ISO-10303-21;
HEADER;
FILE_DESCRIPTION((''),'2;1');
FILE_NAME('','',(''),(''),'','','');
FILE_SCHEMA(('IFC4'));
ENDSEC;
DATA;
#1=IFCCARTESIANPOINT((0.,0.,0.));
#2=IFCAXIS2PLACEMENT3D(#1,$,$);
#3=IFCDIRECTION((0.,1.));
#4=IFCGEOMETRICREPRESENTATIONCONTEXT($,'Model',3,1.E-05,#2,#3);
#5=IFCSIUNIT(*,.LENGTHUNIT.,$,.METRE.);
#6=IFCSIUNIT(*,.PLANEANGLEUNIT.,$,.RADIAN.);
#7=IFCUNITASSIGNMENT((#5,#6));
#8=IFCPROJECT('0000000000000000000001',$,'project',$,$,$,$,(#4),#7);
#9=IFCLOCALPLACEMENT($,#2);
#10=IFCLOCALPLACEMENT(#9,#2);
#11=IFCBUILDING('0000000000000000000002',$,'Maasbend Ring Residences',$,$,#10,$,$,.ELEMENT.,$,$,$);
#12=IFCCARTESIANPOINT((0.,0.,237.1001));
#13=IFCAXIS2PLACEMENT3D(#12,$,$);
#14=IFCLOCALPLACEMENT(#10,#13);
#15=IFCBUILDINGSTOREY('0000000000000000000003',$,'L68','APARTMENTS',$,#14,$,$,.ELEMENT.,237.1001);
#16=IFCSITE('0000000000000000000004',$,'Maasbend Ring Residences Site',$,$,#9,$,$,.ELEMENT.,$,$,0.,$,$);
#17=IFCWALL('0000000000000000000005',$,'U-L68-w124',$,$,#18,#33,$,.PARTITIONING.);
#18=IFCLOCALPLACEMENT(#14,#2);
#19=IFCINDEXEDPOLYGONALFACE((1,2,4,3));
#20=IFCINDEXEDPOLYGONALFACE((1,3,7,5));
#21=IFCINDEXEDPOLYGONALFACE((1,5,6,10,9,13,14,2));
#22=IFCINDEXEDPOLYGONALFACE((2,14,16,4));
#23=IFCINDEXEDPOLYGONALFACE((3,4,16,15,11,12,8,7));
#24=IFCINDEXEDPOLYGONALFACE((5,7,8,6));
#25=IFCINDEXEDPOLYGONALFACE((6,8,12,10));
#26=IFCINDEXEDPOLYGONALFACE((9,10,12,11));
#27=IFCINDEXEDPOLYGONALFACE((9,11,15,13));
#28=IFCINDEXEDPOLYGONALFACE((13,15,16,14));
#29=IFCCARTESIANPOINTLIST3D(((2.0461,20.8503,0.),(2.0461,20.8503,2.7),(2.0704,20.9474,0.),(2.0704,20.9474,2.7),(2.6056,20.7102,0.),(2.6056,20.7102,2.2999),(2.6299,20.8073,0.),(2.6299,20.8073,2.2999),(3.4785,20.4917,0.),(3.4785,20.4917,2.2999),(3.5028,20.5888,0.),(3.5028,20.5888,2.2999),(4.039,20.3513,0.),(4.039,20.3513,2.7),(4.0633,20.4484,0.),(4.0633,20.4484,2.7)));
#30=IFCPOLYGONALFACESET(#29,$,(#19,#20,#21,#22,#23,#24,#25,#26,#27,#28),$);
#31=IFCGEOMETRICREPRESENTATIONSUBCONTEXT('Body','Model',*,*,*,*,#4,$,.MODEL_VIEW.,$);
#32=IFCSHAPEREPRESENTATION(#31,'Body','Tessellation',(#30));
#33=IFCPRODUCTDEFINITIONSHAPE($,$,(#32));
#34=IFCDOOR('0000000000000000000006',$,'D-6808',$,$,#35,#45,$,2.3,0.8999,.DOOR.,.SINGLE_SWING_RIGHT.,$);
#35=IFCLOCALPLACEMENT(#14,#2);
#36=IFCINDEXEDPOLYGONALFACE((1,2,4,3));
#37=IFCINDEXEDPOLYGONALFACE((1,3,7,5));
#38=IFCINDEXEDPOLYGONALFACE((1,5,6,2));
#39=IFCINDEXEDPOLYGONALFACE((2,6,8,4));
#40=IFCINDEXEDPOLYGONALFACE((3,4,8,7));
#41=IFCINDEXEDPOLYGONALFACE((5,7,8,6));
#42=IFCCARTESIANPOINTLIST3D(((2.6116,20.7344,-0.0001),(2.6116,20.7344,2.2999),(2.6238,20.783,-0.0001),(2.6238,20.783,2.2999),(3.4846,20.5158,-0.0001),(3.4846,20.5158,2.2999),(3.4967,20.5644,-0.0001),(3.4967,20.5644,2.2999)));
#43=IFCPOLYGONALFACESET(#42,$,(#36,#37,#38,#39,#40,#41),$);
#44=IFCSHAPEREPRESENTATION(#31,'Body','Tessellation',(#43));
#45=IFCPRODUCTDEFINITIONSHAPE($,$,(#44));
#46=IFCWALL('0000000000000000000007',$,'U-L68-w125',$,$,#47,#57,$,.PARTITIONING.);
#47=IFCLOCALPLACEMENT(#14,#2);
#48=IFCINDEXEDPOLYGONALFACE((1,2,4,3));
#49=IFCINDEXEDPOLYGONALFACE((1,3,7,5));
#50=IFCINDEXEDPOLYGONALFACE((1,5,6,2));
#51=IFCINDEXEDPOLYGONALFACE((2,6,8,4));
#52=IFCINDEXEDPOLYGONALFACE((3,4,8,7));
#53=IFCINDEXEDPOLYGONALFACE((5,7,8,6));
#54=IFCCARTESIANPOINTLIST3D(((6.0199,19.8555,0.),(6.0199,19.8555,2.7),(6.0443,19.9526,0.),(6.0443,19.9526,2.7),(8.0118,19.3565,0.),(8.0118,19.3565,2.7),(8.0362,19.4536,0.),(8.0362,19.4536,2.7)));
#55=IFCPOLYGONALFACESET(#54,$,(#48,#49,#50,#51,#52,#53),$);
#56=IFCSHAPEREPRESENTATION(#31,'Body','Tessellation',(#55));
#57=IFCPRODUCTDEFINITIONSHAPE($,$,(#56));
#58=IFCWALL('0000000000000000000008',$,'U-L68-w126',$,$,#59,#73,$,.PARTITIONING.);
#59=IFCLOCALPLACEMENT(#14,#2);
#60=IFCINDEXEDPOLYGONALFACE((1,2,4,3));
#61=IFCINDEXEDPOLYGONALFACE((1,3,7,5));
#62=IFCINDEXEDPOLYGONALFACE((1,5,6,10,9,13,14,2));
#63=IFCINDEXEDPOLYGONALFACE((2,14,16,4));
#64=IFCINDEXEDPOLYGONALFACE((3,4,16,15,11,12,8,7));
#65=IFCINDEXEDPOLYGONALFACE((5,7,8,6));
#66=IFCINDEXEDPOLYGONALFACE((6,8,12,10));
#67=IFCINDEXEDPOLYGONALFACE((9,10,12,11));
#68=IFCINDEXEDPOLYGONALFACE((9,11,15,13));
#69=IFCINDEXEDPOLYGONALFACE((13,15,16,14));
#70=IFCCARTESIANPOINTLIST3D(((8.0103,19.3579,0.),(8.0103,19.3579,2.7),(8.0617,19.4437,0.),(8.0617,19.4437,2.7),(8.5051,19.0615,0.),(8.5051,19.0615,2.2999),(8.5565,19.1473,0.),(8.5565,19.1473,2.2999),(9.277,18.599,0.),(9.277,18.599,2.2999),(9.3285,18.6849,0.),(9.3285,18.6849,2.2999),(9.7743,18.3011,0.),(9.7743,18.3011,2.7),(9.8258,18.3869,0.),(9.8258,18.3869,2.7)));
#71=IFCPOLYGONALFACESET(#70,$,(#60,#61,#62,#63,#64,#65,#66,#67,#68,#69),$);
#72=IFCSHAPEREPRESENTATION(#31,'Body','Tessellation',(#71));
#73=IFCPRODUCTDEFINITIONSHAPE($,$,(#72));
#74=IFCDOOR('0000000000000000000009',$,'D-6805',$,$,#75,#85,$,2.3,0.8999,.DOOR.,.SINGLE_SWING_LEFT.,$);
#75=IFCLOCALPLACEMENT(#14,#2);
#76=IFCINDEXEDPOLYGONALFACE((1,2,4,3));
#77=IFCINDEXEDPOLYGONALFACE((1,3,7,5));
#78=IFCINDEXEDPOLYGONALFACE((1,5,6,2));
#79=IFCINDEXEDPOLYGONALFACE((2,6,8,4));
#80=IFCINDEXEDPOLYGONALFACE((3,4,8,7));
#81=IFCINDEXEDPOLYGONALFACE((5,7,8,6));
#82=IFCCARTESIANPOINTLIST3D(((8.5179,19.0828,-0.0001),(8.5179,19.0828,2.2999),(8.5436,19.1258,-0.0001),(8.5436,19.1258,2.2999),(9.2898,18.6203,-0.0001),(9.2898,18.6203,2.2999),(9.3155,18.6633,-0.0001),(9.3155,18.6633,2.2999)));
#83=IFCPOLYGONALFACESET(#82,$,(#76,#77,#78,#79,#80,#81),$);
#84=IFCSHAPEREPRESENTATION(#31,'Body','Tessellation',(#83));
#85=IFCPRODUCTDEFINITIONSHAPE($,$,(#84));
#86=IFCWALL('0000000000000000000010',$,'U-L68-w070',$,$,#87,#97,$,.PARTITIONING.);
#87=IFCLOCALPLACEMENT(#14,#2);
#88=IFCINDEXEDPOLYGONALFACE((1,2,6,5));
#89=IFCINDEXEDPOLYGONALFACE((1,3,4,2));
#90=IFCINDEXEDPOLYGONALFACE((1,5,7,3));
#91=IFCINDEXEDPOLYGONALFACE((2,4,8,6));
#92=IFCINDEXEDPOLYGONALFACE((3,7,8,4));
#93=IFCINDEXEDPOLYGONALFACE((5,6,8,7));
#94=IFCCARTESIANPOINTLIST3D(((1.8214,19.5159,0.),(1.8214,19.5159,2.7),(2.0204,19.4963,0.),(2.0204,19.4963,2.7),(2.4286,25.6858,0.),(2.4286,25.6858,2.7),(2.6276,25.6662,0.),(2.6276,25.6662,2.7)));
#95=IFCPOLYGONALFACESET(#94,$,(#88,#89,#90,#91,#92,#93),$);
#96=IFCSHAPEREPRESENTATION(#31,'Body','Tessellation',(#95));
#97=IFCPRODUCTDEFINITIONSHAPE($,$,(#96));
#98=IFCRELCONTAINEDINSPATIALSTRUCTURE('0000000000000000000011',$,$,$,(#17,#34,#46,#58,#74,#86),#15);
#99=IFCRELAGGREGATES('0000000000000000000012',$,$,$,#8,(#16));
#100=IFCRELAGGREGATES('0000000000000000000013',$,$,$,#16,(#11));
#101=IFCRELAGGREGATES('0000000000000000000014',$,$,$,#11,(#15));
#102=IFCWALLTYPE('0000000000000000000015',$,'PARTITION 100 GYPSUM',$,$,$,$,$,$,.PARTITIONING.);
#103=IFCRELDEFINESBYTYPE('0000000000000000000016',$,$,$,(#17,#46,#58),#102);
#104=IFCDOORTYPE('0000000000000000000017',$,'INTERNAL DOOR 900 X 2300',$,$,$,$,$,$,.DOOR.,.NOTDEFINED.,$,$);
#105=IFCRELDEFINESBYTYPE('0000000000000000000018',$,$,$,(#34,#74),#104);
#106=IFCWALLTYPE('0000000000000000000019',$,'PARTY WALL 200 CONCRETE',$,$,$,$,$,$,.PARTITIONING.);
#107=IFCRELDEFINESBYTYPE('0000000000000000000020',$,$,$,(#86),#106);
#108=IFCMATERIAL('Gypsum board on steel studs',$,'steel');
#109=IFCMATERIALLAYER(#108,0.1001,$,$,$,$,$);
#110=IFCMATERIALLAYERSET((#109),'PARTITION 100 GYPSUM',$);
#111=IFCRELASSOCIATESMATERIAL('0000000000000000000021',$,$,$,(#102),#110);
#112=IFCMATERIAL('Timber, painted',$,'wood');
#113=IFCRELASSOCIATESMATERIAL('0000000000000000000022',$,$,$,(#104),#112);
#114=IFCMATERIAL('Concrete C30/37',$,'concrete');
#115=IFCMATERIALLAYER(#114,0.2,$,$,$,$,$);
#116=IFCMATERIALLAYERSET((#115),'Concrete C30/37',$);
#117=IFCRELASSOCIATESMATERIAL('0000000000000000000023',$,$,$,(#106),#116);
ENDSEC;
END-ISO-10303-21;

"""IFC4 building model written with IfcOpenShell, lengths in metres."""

from ifc_helpers import new_model, si_unit, direction, frame, frame_2d, origin, place, context, subcontext, project, spatial, rectangle, extrude, material, layer, layer_set, type_object, element, fill, save


model = new_model("IFC4")

# Units and contexts
model_context = context("Model", 3, precision=1e-05, world=origin(), true_north=direction((0.0, 1.0)))
body_context = subcontext(model_context, "Body", "Model", "MODEL_VIEW")
ifc_project = project(units=[si_unit("LENGTHUNIT", "METRE"), si_unit("PLANEANGLEUNIT", "RADIAN")], contexts=[model_context])

# Site, building, storey
site_placement = place(None, origin())
site = spatial("IfcSite", under=ifc_project, at=site_placement, Name="Maasbend Ring Residences Site", CompositionType="ELEMENT", RefElevation=0.0)
building_placement = place(site_placement, origin())
building = spatial("IfcBuilding", under=site, at=building_placement, Name="Maasbend Ring Residences", CompositionType="ELEMENT")
storey_placement = place(building_placement, frame((0.0, 0.0, 237.1001)))
storey = spatial("IfcBuildingStorey", under=building, at=storey_placement, Name="L68", Description="APARTMENTS", CompositionType="ELEMENT", Elevation=237.1001)

# Wall, opening, door
ifc_material_1 = material(Name="Gypsum board on steel studs", Category="steel")
ifc_layer_1 = layer(ifc_material_1, 0.1001)
ifc_layer_set_1 = layer_set([ifc_layer_1], Name="PARTITION 100 GYPSUM")
wall_type_1 = type_object("IfcWallType", Name="PARTITION 100 GYPSUM", PredefinedType="PARTITIONING", material=ifc_layer_set_1)
ifc_material_2 = material(Name="Timber, painted", Category="wood")
door_type_1 = type_object("IfcDoorType", Name="INTERNAL DOOR 900 X 2300", OperationType="NOTDEFINED", PredefinedType="DOOR", material=ifc_material_2)
wall_1_placement = place(storey_placement, frame((2.0581, 20.8989, 0.0), z_axis=(0.0, 0.0, 1.0), x_axis=(0.970052, -0.242899, 0.0)))
wall_1 = element("IfcWall", 1, at=wall_1_placement, inside=storey, type_object=wall_type_1, Name="U-L68-w124", PredefinedType="PARTITIONING", context=body_context, shape_type="SweptSolid", body=[
    extrude(rectangle(XDim=2.0544, YDim=0.1001, at=frame_2d((1.0273, 0.0))), origin(), (0.0, 0.0, 1.0), 2.7),
])
opening_1_placement = place(wall_1_placement, frame((0.5769, 0.0, 0.0)))
opening_1 = element("IfcOpeningElement", 2, at=opening_1_placement, cuts=wall_1, PredefinedType="OPENING", context=body_context, shape_type="SweptSolid", body=[
    extrude(rectangle(XDim=0.8999, YDim=2.3, at=frame_2d((0.45, 1.1499))), frame((0.0, 0.0601, 0.0), z_axis=(0.0, -1.0, 0.0), x_axis=(1.0, 0.0, 0.0)), (0.0, 0.0, 1.0), 0.1201),
])
door_1_placement = place(opening_1_placement, origin())
door_1 = element("IfcDoor", 3, at=door_1_placement, inside=storey, type_object=door_type_1, Name="D-6808", OperationType="SINGLE_SWING_RIGHT", OverallHeight=2.3, OverallWidth=0.8999, PredefinedType="DOOR", context=body_context, shape_type="SweptSolid", body=[
    extrude(rectangle(XDim=0.8999, YDim=2.3, at=frame_2d((0.45, 1.1499))), frame((0.0, 0.0249, 0.0), z_axis=(0.0, -1.0, 0.0), x_axis=(1.0, 0.0, 0.0)), (0.0, 0.0, 1.0), 0.05),
])
fill(opening_1, door_1)

# Wall
wall_2_placement = place(storey_placement, frame((6.032, 19.9041, 0.0), z_axis=(0.0, 0.0, 1.0), x_axis=(0.970023, -0.243011, 0.0)))
element("IfcWall", 4, at=wall_2_placement, inside=storey, type_object=wall_type_1, Name="U-L68-w125", PredefinedType="PARTITIONING", context=body_context, shape_type="SweptSolid", body=[
    extrude(rectangle(XDim=2.0535, YDim=0.1001, at=frame_2d((1.0269, 0.0))), origin(), (0.0, 0.0, 1.0), 2.7),
])

# Wall, opening, door
wall_3_placement = place(storey_placement, frame((8.0359, 19.4009, 0.0), z_axis=(0.0, 0.0, 1.0), x_axis=(0.857838, -0.51392, 0.0)))
wall_3 = element("IfcWall", 5, at=wall_3_placement, inside=storey, type_object=wall_type_1, Name="U-L68-w126", PredefinedType="PARTITIONING", context=body_context, shape_type="SweptSolid", body=[
    extrude(rectangle(XDim=2.0564, YDim=0.1001, at=frame_2d((1.0283, 0.0))), origin(), (0.0, 0.0, 1.0), 2.7),
])
opening_2_placement = place(wall_3_placement, frame((0.5769, 0.0, 0.0)))
opening_2 = element("IfcOpeningElement", 6, at=opening_2_placement, cuts=wall_3, PredefinedType="OPENING", context=body_context, shape_type="SweptSolid", body=[
    extrude(rectangle(XDim=0.8999, YDim=2.3, at=frame_2d((0.45, 1.1499))), frame((0.0, 0.0601, 0.0), z_axis=(0.0, -1.0, 0.0), x_axis=(1.0, 0.0, 0.0)), (0.0, 0.0, 1.0), 0.1201),
])
door_2_placement = place(opening_2_placement, origin())
door_2 = element("IfcDoor", 7, at=door_2_placement, inside=storey, type_object=door_type_1, Name="D-6805", OperationType="SINGLE_SWING_LEFT", OverallHeight=2.3, OverallWidth=0.8999, PredefinedType="DOOR", context=body_context, shape_type="SweptSolid", body=[
    extrude(rectangle(XDim=0.8999, YDim=2.3, at=frame_2d((0.45, 1.1499))), frame((0.0, 0.0249, 0.0), z_axis=(0.0, -1.0, 0.0), x_axis=(1.0, 0.0, 0.0)), (0.0, 0.0, 1.0), 0.05),
])
fill(opening_2, door_2)

# Wall
ifc_material_3 = material(Name="Concrete C30/37", Category="concrete")
ifc_layer_2 = layer(ifc_material_3, 0.2)
ifc_layer_set_2 = layer_set([ifc_layer_2], Name="Concrete C30/37")
wall_type_2 = type_object("IfcWallType", Name="PARTY WALL 200 CONCRETE", PredefinedType="PARTITIONING", material=ifc_layer_set_2)
wall_4_placement = place(storey_placement, frame((1.9209, 19.5061, 0.0), z_axis=(0.0, 0.0, 1.0), x_axis=(0.097936, 0.995193, 0.0)))
element("IfcWall", 8, at=wall_4_placement, inside=storey, type_object=wall_type_2, Name="U-L68-w070", PredefinedType="PARTITIONING", context=body_context, shape_type="SweptSolid", body=[
    extrude(rectangle(XDim=6.1997, YDim=0.2, at=frame_2d((3.0999, 0.0))), origin(), (0.0, 0.0, 1.0), 2.7),
])

save(model, "model.ifc")
